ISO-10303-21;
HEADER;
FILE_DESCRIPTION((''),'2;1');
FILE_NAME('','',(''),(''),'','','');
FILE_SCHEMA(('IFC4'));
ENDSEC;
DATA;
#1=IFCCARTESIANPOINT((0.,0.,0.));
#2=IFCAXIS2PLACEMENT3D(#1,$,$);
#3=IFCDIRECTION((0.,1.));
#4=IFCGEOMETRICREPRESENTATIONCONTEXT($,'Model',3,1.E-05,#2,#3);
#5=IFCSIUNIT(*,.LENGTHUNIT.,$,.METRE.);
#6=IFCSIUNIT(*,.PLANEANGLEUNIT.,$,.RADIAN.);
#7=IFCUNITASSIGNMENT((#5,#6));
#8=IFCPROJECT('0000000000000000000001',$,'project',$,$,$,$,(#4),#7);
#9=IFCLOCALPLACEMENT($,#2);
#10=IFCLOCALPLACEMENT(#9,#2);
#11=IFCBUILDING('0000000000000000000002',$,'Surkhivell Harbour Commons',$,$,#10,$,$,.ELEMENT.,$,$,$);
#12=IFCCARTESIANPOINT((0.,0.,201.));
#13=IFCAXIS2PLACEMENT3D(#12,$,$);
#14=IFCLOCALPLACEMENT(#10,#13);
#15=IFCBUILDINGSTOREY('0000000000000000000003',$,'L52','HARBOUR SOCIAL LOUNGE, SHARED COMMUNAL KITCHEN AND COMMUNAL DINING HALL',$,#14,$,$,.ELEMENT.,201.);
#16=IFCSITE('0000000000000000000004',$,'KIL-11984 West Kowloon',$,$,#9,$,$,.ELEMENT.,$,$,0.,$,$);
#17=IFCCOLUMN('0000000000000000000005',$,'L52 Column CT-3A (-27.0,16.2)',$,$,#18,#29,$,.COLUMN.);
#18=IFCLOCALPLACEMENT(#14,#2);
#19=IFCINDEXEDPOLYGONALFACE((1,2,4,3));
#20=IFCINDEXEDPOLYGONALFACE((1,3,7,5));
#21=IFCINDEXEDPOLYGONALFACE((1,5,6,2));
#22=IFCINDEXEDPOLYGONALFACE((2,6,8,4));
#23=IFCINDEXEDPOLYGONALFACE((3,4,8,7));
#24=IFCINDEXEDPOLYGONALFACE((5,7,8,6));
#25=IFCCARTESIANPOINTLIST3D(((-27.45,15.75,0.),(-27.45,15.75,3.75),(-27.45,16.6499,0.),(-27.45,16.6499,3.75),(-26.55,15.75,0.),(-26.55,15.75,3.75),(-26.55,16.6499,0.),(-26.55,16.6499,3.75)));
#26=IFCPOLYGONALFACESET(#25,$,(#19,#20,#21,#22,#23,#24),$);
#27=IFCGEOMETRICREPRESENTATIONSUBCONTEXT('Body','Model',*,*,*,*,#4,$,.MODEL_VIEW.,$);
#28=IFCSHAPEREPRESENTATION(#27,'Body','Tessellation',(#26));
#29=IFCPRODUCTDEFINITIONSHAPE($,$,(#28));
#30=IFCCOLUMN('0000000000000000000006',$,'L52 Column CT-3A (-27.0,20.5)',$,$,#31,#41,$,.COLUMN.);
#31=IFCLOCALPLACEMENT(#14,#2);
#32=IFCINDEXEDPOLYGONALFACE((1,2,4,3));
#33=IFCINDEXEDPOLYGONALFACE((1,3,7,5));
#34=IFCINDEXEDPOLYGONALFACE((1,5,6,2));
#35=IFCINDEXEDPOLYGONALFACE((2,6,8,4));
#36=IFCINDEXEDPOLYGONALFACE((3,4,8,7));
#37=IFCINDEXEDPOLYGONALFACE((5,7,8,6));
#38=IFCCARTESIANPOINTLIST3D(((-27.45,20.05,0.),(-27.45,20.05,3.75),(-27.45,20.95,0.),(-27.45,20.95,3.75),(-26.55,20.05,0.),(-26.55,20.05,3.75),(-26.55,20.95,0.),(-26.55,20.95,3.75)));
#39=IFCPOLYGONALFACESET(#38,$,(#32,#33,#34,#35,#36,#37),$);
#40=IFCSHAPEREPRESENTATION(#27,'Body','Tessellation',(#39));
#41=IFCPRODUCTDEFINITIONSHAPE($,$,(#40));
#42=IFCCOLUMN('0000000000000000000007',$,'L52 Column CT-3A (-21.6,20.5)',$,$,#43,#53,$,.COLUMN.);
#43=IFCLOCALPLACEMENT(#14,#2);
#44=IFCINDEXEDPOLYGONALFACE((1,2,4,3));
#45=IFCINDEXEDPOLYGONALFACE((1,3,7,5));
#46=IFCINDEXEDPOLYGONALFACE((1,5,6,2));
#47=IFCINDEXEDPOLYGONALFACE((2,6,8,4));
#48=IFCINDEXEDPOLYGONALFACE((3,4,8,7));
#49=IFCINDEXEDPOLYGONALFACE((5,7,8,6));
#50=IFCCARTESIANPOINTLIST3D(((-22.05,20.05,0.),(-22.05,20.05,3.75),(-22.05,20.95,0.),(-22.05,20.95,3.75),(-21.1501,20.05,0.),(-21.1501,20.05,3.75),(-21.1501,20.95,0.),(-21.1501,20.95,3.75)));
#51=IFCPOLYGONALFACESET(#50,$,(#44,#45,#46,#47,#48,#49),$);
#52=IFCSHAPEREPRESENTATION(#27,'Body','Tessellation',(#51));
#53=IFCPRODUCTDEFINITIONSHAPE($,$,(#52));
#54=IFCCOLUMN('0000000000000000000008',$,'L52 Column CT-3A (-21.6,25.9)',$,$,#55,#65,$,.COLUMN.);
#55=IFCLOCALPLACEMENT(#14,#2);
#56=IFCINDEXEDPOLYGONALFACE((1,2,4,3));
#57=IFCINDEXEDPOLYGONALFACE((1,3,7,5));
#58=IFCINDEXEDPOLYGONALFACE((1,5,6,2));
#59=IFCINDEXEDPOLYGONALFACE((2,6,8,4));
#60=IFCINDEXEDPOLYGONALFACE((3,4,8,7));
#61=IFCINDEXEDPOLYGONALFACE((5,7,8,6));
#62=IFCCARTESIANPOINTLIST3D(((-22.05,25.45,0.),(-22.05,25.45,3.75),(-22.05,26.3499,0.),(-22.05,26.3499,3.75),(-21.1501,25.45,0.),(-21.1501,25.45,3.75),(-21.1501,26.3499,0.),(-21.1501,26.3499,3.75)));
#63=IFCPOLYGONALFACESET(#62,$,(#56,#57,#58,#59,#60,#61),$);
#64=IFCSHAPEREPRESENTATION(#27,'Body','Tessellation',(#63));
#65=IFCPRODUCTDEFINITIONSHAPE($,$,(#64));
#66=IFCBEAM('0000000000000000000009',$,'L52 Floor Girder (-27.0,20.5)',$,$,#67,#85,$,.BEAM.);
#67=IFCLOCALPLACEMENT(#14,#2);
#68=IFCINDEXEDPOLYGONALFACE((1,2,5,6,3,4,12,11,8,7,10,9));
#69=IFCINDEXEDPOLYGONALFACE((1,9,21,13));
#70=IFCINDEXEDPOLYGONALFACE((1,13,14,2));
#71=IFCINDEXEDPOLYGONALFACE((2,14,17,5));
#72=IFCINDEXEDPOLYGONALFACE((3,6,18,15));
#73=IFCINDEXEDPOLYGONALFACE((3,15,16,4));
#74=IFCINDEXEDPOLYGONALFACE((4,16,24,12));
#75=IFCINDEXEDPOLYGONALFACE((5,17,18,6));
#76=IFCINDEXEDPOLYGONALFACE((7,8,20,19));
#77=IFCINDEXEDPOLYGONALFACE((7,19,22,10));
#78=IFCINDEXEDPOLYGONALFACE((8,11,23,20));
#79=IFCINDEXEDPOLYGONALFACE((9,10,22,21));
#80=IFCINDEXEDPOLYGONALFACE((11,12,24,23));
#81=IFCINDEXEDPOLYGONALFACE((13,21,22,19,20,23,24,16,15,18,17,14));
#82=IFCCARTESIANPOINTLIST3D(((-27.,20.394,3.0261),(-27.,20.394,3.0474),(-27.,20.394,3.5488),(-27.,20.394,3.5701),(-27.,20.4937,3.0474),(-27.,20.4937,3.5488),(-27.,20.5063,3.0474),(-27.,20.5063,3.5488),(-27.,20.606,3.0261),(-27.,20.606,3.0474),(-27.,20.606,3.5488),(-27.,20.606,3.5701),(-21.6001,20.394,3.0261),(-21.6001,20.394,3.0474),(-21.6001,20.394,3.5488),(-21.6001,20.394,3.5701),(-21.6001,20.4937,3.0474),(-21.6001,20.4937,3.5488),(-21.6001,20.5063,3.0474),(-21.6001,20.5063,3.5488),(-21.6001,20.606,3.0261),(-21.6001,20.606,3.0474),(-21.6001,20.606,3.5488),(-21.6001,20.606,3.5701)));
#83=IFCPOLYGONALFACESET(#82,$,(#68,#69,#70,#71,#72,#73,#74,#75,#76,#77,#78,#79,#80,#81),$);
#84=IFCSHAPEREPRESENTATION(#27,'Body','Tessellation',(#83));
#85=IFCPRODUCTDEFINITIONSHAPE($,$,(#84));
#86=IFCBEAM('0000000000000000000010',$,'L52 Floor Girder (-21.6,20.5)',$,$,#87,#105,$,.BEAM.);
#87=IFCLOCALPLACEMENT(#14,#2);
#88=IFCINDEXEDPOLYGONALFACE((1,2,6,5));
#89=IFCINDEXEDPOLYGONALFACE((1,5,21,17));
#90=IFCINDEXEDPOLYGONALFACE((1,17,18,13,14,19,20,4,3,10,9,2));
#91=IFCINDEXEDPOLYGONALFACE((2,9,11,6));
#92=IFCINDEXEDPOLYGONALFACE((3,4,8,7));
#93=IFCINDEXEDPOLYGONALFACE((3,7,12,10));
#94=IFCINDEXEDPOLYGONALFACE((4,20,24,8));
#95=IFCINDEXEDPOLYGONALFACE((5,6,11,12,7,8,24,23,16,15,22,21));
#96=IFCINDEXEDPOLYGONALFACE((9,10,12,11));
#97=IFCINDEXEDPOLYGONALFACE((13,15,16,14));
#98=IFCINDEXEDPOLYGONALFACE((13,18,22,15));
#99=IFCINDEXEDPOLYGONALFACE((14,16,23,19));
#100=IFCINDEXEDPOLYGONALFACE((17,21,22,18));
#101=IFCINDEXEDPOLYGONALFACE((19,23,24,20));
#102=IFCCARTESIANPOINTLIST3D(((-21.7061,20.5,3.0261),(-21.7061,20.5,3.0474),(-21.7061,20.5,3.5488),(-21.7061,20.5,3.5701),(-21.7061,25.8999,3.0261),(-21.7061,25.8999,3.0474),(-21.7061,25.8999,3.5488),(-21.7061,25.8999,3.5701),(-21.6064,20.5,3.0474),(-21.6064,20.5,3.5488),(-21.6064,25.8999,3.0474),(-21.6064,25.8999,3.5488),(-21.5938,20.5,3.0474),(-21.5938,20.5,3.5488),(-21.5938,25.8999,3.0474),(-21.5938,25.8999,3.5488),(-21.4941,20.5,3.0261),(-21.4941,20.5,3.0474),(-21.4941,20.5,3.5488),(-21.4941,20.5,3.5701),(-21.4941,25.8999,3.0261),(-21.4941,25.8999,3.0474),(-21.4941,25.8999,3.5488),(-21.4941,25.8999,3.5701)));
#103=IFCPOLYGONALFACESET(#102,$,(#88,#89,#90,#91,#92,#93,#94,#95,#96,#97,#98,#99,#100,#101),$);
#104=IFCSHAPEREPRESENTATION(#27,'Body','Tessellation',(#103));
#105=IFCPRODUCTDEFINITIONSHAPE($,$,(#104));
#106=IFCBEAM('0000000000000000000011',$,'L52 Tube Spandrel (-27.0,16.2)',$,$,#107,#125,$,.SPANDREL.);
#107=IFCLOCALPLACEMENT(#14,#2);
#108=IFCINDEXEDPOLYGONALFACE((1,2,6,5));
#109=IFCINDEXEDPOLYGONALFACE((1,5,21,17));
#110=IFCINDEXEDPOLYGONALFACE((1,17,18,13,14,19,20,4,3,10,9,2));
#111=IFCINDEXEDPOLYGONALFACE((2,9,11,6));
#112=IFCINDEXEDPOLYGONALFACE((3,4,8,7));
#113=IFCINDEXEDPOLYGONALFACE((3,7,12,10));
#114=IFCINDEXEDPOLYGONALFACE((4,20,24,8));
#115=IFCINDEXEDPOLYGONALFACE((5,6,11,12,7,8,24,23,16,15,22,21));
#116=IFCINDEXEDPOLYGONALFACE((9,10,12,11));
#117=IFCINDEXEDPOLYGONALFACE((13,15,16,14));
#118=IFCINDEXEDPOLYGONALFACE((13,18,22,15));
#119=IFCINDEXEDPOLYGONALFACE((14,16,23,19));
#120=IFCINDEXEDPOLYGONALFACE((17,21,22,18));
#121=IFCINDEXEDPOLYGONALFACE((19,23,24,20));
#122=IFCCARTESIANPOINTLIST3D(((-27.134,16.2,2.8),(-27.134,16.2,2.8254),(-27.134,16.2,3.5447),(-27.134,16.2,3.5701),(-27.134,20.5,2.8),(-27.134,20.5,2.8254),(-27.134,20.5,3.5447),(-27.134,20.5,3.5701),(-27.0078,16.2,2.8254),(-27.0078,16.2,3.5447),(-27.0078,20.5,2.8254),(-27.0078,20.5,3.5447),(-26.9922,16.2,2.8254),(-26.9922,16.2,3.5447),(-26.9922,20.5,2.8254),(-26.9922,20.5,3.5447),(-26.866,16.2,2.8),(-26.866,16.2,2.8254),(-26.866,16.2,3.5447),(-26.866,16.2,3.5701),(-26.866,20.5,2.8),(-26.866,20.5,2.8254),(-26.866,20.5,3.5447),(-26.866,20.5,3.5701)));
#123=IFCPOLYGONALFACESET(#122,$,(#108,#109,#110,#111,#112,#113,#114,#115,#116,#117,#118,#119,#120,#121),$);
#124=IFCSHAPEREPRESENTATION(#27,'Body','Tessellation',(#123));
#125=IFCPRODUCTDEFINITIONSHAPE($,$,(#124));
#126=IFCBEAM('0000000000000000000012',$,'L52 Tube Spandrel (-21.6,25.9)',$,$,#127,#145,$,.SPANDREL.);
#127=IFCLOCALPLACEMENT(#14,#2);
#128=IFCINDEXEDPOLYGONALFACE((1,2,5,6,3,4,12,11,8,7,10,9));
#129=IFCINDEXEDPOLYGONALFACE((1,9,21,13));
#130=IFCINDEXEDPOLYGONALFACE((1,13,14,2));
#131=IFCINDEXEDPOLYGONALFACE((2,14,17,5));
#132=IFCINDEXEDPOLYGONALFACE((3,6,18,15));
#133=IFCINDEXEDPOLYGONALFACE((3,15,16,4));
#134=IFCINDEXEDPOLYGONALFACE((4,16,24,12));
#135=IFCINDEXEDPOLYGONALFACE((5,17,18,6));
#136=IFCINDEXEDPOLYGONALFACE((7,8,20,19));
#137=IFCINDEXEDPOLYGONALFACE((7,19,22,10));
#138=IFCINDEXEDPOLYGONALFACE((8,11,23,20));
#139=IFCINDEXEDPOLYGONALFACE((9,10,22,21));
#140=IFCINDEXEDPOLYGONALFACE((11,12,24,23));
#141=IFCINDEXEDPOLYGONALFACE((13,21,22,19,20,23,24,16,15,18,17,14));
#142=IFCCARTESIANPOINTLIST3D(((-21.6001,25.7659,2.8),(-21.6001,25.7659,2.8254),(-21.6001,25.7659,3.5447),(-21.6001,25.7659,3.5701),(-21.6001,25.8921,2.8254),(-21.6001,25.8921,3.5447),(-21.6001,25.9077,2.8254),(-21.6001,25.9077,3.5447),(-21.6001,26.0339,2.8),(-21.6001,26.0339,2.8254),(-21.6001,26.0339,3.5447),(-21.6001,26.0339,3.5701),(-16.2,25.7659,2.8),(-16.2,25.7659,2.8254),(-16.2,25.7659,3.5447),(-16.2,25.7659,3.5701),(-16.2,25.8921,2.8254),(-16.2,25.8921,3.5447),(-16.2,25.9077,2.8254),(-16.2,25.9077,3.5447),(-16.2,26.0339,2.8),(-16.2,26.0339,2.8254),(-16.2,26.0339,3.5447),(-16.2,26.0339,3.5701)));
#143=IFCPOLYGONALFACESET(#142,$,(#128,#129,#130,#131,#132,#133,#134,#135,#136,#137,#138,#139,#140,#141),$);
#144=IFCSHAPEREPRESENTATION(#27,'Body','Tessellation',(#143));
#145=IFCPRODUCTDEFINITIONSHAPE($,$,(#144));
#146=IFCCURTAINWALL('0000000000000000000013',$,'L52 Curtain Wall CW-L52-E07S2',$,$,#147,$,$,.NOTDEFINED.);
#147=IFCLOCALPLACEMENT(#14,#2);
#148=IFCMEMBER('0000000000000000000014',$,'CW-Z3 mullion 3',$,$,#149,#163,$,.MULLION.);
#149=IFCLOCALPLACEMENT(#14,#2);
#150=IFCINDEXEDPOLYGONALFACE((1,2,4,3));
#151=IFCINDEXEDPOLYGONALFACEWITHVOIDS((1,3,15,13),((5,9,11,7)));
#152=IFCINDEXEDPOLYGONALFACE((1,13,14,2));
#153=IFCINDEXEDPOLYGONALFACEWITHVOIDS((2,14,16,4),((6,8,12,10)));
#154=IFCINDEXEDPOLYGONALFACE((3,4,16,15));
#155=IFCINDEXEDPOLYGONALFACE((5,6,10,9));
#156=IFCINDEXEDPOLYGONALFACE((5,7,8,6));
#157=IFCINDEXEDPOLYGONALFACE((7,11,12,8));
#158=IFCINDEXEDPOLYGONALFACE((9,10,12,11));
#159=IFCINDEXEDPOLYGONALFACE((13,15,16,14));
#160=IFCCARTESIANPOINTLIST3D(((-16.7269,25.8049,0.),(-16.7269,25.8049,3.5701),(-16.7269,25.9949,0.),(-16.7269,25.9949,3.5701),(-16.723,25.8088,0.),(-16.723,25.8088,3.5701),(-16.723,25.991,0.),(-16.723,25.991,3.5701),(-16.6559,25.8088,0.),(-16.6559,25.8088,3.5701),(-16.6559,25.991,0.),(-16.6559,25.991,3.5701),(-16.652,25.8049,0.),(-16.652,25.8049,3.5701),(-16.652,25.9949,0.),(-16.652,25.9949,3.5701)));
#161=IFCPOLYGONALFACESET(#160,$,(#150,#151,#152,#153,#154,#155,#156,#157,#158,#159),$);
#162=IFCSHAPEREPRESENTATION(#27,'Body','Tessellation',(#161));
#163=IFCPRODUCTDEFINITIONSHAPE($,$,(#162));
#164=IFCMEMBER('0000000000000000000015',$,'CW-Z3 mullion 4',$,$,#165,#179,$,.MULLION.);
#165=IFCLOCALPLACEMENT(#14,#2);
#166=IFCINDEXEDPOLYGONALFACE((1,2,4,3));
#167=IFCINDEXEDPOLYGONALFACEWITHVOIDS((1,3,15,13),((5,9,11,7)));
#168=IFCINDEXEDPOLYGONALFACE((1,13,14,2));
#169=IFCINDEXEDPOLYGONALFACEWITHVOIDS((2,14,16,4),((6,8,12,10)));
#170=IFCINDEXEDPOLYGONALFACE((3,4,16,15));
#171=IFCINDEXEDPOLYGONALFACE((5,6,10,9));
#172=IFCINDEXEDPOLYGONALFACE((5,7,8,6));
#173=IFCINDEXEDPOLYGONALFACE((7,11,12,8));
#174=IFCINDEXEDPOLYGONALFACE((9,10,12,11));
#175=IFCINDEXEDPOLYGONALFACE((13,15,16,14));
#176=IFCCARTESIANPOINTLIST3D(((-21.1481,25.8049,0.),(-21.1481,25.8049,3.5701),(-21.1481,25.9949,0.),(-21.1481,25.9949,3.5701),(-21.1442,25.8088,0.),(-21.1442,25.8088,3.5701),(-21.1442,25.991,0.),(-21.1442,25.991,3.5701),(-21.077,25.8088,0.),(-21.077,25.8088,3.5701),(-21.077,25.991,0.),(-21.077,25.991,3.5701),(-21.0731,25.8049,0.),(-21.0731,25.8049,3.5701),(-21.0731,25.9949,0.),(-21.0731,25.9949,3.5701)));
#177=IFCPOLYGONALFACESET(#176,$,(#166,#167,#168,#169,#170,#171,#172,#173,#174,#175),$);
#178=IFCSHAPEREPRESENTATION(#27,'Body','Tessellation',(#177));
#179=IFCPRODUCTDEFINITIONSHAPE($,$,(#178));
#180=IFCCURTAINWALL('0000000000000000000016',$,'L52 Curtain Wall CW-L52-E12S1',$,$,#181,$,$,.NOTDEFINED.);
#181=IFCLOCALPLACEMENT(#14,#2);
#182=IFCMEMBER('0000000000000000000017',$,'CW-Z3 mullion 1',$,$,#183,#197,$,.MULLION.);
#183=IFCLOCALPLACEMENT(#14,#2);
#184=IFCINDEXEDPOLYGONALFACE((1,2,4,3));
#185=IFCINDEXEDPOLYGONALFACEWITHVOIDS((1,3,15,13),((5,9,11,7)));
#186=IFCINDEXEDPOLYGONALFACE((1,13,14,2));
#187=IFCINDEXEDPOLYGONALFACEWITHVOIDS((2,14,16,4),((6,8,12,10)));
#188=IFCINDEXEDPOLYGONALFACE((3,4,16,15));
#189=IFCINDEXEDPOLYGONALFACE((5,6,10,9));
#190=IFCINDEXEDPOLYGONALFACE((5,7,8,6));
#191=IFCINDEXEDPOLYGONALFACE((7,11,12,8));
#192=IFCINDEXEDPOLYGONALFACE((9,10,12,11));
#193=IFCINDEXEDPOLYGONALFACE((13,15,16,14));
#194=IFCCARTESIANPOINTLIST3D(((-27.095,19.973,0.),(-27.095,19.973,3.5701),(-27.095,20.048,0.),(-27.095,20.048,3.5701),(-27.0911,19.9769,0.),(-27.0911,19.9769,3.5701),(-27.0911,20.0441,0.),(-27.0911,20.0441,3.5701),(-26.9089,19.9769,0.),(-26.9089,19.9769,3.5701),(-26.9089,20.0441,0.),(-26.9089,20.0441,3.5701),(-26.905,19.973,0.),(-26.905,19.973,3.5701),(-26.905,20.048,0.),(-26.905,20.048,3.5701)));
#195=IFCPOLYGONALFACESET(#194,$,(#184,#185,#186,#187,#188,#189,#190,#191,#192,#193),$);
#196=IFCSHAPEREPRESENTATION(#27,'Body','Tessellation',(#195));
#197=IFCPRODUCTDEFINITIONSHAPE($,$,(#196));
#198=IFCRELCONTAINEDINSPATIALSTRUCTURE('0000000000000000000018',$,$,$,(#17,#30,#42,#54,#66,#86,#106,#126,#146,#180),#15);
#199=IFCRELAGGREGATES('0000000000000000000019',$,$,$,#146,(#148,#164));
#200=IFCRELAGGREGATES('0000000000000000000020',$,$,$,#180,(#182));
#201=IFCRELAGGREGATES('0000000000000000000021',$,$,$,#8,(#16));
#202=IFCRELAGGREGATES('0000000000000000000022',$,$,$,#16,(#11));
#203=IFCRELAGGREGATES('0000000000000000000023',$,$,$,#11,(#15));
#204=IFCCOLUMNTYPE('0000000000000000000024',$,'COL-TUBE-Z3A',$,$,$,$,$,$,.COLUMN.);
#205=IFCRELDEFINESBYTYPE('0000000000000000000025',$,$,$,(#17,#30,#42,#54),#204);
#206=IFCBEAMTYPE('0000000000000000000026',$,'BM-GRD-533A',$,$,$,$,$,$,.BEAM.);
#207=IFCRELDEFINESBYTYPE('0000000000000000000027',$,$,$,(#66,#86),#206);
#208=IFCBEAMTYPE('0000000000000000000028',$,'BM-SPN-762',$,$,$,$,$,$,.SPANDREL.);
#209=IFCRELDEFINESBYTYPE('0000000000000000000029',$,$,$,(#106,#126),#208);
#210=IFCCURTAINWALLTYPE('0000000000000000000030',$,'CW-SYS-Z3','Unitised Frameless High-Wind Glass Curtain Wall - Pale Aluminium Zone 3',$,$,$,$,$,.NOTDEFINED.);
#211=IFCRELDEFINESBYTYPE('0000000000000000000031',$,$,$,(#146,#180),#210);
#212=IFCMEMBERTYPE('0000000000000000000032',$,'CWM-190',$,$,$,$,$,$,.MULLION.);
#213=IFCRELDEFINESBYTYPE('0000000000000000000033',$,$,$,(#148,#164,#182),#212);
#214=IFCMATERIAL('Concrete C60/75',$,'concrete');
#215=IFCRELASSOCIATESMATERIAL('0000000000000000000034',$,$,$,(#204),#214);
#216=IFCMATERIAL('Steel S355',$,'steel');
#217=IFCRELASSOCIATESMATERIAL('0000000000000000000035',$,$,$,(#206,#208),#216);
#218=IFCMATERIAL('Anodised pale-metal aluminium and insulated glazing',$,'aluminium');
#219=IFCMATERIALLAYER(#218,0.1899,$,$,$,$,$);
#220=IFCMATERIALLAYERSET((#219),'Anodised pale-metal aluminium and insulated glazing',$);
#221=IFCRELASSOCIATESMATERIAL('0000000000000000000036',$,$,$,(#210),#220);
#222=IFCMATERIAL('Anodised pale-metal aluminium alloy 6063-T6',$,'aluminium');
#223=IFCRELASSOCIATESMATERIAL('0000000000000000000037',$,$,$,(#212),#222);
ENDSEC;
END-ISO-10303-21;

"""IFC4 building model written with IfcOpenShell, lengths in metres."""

from ifc_helpers import new_model, si_unit, direction, frame, origin, origin_2d, place, context, subcontext, project, spatial, rectangle, hollow_rectangle, i_section, extrude, material, layer, layer_set, material_profile, profile_set, type_object, element, aggregate, save


model = new_model("IFC4")

# Units and contexts
model_context = context("Model", 3, precision=1e-05, world=origin(), true_north=direction((0.0, 1.0)))
body_context = subcontext(model_context, "Body", "Model", "MODEL_VIEW")
ifc_project = project(units=[si_unit("LENGTHUNIT", "METRE"), si_unit("PLANEANGLEUNIT", "RADIAN")], contexts=[model_context])

# Site, building, storey
site_placement = place(None, origin())
site = spatial("IfcSite", under=ifc_project, at=site_placement, Name="KIL-11984 West Kowloon", CompositionType="ELEMENT", RefElevation=0.0)
building_placement = place(site_placement, origin())
building = spatial("IfcBuilding", under=site, at=building_placement, Name="Surkhivell Harbour Commons", CompositionType="ELEMENT")
storey_placement = place(building_placement, frame((0.0, 0.0, 201.0)))
storey = spatial("IfcBuildingStorey", under=building, at=storey_placement, Name="L52", Description="HARBOUR SOCIAL LOUNGE, SHARED COMMUNAL KITCHEN AND COMMUNAL DINING HALL", CompositionType="ELEMENT", Elevation=201.0)

# Columns
ifc_material_1 = material(Name="Concrete C60/75", Category="concrete")
ifc_material_profile_1 = material_profile(ifc_material_1, rectangle(XDim=0.8999, YDim=0.8999, at=origin_2d()), Name="RC-COL-900x900")
ifc_profile_set_1 = profile_set([ifc_material_profile_1], Name="Concrete C60/75")
column_type = type_object("IfcColumnType", Name="COL-TUBE-Z3A", PredefinedType="COLUMN", material=ifc_profile_set_1)
for number, where, z_axis, x_axis, name in (
    (1, (-27.0, 16.2, 0.0), (0.0, 0.0, 1.0), (1.0, 0.0, 0.0), "L52 Column CT-3A (-27.0,16.2)"),
    (2, (-27.0, 20.5, 0.0), (0.0, 0.0, 1.0), (1.0, 0.0, 0.0), "L52 Column CT-3A (-27.0,20.5)"),
    (3, (-21.6001, 20.5, 0.0), (0.0, 0.0, 1.0), (1.0, 0.0, 0.0), "L52 Column CT-3A (-21.6,20.5)"),
    (4, (-21.6001, 25.8999, 0.0), (0.0, 0.0, 1.0), (1.0, 0.0, 0.0), "L52 Column CT-3A (-21.6,25.9)"),
):
    element("IfcColumn", number, at=place(storey_placement, frame(where, z_axis=z_axis, x_axis=x_axis)), inside=storey, type_object=column_type, Name=name, PredefinedType="COLUMN", context=body_context, shape_type="SweptSolid", body=[
        extrude(rectangle(XDim=0.8999, YDim=0.8999, at=origin_2d()), origin(), (0.0, 0.0, 1.0), 3.75),
    ])

# Beams
ifc_material_2 = material(Name="Steel S355", Category="steel")
ifc_material_profile_2 = material_profile(ifc_material_2, i_section(OverallWidth=0.2119, OverallDepth=0.5439, WebThickness=0.0127, FlangeThickness=0.0212, at=origin_2d()), Name="UB533x210x122")
ifc_profile_set_2 = profile_set([ifc_material_profile_2], Name="Steel S355")
beam_type_1 = type_object("IfcBeamType", Name="BM-GRD-533A", PredefinedType="BEAM", material=ifc_profile_set_2)
for number, where, z_axis, x_axis, name in (
    (5, (-27.0, 20.5, 3.2981), (1.0, 0.0, 0.0), (0.0, 1.0, 0.0), "L52 Floor Girder (-27.0,20.5)"),
    (6, (-21.6001, 20.5, 3.2981), (0.0, 1.0, 0.0), (-1.0, 0.0, 0.0), "L52 Floor Girder (-21.6,20.5)"),
):
    element("IfcBeam", number, at=place(storey_placement, frame(where, z_axis=z_axis, x_axis=x_axis)), inside=storey, type_object=beam_type_1, Name=name, PredefinedType="BEAM", context=body_context, shape_type="SweptSolid", body=[
        extrude(i_section(OverallWidth=0.2119, OverallDepth=0.5439, WebThickness=0.0127, FlangeThickness=0.0212, at=origin_2d()), origin(), (0.0, 0.0, 1.0), 5.3999),
    ])
ifc_material_profile_3 = material_profile(ifc_material_2, i_section(OverallWidth=0.2681, OverallDepth=0.77, WebThickness=0.0156, FlangeThickness=0.0254, at=origin_2d()), Name="UB762x267x197")
ifc_profile_set_3 = profile_set([ifc_material_profile_3], Name="Steel S355")
beam_type_2 = type_object("IfcBeamType", Name="BM-SPN-762", PredefinedType="SPANDREL", material=ifc_profile_set_3)
beam_1_placement = place(storey_placement, frame((-27.0, 16.2, 3.1851), z_axis=(0.0, 1.0, 0.0), x_axis=(-1.0, 0.0, 0.0)))
element("IfcBeam", 7, at=beam_1_placement, inside=storey, type_object=beam_type_2, Name="L52 Tube Spandrel (-27.0,16.2)", PredefinedType="SPANDREL", context=body_context, shape_type="SweptSolid", body=[
    extrude(i_section(OverallWidth=0.2681, OverallDepth=0.77, WebThickness=0.0156, FlangeThickness=0.0254, at=origin_2d()), origin(), (0.0, 0.0, 1.0), 4.3),
])
beam_2_placement = place(storey_placement, frame((-21.6001, 25.8999, 3.1851), z_axis=(1.0, 0.0, 0.0), x_axis=(0.0, 1.0, 0.0)))
element("IfcBeam", 8, at=beam_2_placement, inside=storey, type_object=beam_type_2, Name="L52 Tube Spandrel (-21.6,25.9)", PredefinedType="SPANDREL", context=body_context, shape_type="SweptSolid", body=[
    extrude(i_section(OverallWidth=0.2681, OverallDepth=0.77, WebThickness=0.0156, FlangeThickness=0.0254, at=origin_2d()), origin(), (0.0, 0.0, 1.0), 5.4001),
])

# Curtain walls, members
ifc_material_3 = material(Name="Anodised pale-metal aluminium and insulated glazing", Category="aluminium")
ifc_layer_1 = layer(ifc_material_3, 0.1899)
ifc_layer_set_1 = layer_set([ifc_layer_1], Name="Anodised pale-metal aluminium and insulated glazing")
curtain_wall_type = type_object("IfcCurtainWallType", Name="CW-SYS-Z3", Description="Unitised Frameless High-Wind Glass Curtain Wall - Pale Aluminium Zone 3", PredefinedType="NOTDEFINED", material=ifc_layer_set_1)
curtain_wall_1_placement = place(storey_placement, origin())
curtain_wall_1 = element("IfcCurtainWall", 9, at=curtain_wall_1_placement, inside=storey, type_object=curtain_wall_type, Name="L52 Curtain Wall CW-L52-E07S2", PredefinedType="NOTDEFINED")
ifc_material_4 = material(Name="Anodised pale-metal aluminium alloy 6063-T6", Category="aluminium")
ifc_material_profile_4 = material_profile(ifc_material_4, hollow_rectangle(XDim=0.075, YDim=0.1899, WallThickness=0.0039, at=origin_2d()), Name="ALU-MULL-75x190")
ifc_profile_set_4 = profile_set([ifc_material_profile_4], Name="Anodised pale-metal aluminium alloy 6063-T6")
member_type_1 = type_object("IfcMemberType", Name="CWM-190", PredefinedType="MULLION", material=ifc_profile_set_4)
member_1_placement = place(storey_placement, frame((-16.6895, 25.8999, 0.0), z_axis=(0.0, 0.0, 1.0), x_axis=(-1.0, 0.0, 0.0)))
member_1 = element("IfcMember", 10, at=member_1_placement, type_object=member_type_1, Name="CW-Z3 mullion 3", PredefinedType="MULLION", context=body_context, shape_type="SweptSolid", body=[
    extrude(hollow_rectangle(XDim=0.075, YDim=0.1899, WallThickness=0.0039, at=origin_2d()), origin(), (0.0, 0.0, 1.0), 3.5701),
])
member_2_placement = place(storey_placement, frame((-21.1106, 25.8999, 0.0), z_axis=(0.0, 0.0, 1.0), x_axis=(-1.0, 0.0, 0.0)))
member_2 = element("IfcMember", 11, at=member_2_placement, type_object=member_type_1, Name="CW-Z3 mullion 4", PredefinedType="MULLION", context=body_context, shape_type="SweptSolid", body=[
    extrude(hollow_rectangle(XDim=0.075, YDim=0.1899, WallThickness=0.0039, at=origin_2d()), origin(), (0.0, 0.0, 1.0), 3.5701),
])
curtain_wall_2_placement = place(storey_placement, origin())
curtain_wall_2 = element("IfcCurtainWall", 12, at=curtain_wall_2_placement, inside=storey, type_object=curtain_wall_type, Name="L52 Curtain Wall CW-L52-E12S1", PredefinedType="NOTDEFINED")
member_3_placement = place(storey_placement, frame((-27.0, 20.0105, 0.0), z_axis=(0.0, 0.0, 1.0), x_axis=(0.0, -1.0, 0.0)))
member_3 = element("IfcMember", 13, at=member_3_placement, type_object=member_type_1, Name="CW-Z3 mullion 1", PredefinedType="MULLION", context=body_context, shape_type="SweptSolid", body=[
    extrude(hollow_rectangle(XDim=0.075, YDim=0.1899, WallThickness=0.0039, at=origin_2d()), origin(), (0.0, 0.0, 1.0), 3.5701),
])

aggregate(curtain_wall_1, [member_1, member_2])
aggregate(curtain_wall_2, [member_3])

save(model, "model.ifc")
